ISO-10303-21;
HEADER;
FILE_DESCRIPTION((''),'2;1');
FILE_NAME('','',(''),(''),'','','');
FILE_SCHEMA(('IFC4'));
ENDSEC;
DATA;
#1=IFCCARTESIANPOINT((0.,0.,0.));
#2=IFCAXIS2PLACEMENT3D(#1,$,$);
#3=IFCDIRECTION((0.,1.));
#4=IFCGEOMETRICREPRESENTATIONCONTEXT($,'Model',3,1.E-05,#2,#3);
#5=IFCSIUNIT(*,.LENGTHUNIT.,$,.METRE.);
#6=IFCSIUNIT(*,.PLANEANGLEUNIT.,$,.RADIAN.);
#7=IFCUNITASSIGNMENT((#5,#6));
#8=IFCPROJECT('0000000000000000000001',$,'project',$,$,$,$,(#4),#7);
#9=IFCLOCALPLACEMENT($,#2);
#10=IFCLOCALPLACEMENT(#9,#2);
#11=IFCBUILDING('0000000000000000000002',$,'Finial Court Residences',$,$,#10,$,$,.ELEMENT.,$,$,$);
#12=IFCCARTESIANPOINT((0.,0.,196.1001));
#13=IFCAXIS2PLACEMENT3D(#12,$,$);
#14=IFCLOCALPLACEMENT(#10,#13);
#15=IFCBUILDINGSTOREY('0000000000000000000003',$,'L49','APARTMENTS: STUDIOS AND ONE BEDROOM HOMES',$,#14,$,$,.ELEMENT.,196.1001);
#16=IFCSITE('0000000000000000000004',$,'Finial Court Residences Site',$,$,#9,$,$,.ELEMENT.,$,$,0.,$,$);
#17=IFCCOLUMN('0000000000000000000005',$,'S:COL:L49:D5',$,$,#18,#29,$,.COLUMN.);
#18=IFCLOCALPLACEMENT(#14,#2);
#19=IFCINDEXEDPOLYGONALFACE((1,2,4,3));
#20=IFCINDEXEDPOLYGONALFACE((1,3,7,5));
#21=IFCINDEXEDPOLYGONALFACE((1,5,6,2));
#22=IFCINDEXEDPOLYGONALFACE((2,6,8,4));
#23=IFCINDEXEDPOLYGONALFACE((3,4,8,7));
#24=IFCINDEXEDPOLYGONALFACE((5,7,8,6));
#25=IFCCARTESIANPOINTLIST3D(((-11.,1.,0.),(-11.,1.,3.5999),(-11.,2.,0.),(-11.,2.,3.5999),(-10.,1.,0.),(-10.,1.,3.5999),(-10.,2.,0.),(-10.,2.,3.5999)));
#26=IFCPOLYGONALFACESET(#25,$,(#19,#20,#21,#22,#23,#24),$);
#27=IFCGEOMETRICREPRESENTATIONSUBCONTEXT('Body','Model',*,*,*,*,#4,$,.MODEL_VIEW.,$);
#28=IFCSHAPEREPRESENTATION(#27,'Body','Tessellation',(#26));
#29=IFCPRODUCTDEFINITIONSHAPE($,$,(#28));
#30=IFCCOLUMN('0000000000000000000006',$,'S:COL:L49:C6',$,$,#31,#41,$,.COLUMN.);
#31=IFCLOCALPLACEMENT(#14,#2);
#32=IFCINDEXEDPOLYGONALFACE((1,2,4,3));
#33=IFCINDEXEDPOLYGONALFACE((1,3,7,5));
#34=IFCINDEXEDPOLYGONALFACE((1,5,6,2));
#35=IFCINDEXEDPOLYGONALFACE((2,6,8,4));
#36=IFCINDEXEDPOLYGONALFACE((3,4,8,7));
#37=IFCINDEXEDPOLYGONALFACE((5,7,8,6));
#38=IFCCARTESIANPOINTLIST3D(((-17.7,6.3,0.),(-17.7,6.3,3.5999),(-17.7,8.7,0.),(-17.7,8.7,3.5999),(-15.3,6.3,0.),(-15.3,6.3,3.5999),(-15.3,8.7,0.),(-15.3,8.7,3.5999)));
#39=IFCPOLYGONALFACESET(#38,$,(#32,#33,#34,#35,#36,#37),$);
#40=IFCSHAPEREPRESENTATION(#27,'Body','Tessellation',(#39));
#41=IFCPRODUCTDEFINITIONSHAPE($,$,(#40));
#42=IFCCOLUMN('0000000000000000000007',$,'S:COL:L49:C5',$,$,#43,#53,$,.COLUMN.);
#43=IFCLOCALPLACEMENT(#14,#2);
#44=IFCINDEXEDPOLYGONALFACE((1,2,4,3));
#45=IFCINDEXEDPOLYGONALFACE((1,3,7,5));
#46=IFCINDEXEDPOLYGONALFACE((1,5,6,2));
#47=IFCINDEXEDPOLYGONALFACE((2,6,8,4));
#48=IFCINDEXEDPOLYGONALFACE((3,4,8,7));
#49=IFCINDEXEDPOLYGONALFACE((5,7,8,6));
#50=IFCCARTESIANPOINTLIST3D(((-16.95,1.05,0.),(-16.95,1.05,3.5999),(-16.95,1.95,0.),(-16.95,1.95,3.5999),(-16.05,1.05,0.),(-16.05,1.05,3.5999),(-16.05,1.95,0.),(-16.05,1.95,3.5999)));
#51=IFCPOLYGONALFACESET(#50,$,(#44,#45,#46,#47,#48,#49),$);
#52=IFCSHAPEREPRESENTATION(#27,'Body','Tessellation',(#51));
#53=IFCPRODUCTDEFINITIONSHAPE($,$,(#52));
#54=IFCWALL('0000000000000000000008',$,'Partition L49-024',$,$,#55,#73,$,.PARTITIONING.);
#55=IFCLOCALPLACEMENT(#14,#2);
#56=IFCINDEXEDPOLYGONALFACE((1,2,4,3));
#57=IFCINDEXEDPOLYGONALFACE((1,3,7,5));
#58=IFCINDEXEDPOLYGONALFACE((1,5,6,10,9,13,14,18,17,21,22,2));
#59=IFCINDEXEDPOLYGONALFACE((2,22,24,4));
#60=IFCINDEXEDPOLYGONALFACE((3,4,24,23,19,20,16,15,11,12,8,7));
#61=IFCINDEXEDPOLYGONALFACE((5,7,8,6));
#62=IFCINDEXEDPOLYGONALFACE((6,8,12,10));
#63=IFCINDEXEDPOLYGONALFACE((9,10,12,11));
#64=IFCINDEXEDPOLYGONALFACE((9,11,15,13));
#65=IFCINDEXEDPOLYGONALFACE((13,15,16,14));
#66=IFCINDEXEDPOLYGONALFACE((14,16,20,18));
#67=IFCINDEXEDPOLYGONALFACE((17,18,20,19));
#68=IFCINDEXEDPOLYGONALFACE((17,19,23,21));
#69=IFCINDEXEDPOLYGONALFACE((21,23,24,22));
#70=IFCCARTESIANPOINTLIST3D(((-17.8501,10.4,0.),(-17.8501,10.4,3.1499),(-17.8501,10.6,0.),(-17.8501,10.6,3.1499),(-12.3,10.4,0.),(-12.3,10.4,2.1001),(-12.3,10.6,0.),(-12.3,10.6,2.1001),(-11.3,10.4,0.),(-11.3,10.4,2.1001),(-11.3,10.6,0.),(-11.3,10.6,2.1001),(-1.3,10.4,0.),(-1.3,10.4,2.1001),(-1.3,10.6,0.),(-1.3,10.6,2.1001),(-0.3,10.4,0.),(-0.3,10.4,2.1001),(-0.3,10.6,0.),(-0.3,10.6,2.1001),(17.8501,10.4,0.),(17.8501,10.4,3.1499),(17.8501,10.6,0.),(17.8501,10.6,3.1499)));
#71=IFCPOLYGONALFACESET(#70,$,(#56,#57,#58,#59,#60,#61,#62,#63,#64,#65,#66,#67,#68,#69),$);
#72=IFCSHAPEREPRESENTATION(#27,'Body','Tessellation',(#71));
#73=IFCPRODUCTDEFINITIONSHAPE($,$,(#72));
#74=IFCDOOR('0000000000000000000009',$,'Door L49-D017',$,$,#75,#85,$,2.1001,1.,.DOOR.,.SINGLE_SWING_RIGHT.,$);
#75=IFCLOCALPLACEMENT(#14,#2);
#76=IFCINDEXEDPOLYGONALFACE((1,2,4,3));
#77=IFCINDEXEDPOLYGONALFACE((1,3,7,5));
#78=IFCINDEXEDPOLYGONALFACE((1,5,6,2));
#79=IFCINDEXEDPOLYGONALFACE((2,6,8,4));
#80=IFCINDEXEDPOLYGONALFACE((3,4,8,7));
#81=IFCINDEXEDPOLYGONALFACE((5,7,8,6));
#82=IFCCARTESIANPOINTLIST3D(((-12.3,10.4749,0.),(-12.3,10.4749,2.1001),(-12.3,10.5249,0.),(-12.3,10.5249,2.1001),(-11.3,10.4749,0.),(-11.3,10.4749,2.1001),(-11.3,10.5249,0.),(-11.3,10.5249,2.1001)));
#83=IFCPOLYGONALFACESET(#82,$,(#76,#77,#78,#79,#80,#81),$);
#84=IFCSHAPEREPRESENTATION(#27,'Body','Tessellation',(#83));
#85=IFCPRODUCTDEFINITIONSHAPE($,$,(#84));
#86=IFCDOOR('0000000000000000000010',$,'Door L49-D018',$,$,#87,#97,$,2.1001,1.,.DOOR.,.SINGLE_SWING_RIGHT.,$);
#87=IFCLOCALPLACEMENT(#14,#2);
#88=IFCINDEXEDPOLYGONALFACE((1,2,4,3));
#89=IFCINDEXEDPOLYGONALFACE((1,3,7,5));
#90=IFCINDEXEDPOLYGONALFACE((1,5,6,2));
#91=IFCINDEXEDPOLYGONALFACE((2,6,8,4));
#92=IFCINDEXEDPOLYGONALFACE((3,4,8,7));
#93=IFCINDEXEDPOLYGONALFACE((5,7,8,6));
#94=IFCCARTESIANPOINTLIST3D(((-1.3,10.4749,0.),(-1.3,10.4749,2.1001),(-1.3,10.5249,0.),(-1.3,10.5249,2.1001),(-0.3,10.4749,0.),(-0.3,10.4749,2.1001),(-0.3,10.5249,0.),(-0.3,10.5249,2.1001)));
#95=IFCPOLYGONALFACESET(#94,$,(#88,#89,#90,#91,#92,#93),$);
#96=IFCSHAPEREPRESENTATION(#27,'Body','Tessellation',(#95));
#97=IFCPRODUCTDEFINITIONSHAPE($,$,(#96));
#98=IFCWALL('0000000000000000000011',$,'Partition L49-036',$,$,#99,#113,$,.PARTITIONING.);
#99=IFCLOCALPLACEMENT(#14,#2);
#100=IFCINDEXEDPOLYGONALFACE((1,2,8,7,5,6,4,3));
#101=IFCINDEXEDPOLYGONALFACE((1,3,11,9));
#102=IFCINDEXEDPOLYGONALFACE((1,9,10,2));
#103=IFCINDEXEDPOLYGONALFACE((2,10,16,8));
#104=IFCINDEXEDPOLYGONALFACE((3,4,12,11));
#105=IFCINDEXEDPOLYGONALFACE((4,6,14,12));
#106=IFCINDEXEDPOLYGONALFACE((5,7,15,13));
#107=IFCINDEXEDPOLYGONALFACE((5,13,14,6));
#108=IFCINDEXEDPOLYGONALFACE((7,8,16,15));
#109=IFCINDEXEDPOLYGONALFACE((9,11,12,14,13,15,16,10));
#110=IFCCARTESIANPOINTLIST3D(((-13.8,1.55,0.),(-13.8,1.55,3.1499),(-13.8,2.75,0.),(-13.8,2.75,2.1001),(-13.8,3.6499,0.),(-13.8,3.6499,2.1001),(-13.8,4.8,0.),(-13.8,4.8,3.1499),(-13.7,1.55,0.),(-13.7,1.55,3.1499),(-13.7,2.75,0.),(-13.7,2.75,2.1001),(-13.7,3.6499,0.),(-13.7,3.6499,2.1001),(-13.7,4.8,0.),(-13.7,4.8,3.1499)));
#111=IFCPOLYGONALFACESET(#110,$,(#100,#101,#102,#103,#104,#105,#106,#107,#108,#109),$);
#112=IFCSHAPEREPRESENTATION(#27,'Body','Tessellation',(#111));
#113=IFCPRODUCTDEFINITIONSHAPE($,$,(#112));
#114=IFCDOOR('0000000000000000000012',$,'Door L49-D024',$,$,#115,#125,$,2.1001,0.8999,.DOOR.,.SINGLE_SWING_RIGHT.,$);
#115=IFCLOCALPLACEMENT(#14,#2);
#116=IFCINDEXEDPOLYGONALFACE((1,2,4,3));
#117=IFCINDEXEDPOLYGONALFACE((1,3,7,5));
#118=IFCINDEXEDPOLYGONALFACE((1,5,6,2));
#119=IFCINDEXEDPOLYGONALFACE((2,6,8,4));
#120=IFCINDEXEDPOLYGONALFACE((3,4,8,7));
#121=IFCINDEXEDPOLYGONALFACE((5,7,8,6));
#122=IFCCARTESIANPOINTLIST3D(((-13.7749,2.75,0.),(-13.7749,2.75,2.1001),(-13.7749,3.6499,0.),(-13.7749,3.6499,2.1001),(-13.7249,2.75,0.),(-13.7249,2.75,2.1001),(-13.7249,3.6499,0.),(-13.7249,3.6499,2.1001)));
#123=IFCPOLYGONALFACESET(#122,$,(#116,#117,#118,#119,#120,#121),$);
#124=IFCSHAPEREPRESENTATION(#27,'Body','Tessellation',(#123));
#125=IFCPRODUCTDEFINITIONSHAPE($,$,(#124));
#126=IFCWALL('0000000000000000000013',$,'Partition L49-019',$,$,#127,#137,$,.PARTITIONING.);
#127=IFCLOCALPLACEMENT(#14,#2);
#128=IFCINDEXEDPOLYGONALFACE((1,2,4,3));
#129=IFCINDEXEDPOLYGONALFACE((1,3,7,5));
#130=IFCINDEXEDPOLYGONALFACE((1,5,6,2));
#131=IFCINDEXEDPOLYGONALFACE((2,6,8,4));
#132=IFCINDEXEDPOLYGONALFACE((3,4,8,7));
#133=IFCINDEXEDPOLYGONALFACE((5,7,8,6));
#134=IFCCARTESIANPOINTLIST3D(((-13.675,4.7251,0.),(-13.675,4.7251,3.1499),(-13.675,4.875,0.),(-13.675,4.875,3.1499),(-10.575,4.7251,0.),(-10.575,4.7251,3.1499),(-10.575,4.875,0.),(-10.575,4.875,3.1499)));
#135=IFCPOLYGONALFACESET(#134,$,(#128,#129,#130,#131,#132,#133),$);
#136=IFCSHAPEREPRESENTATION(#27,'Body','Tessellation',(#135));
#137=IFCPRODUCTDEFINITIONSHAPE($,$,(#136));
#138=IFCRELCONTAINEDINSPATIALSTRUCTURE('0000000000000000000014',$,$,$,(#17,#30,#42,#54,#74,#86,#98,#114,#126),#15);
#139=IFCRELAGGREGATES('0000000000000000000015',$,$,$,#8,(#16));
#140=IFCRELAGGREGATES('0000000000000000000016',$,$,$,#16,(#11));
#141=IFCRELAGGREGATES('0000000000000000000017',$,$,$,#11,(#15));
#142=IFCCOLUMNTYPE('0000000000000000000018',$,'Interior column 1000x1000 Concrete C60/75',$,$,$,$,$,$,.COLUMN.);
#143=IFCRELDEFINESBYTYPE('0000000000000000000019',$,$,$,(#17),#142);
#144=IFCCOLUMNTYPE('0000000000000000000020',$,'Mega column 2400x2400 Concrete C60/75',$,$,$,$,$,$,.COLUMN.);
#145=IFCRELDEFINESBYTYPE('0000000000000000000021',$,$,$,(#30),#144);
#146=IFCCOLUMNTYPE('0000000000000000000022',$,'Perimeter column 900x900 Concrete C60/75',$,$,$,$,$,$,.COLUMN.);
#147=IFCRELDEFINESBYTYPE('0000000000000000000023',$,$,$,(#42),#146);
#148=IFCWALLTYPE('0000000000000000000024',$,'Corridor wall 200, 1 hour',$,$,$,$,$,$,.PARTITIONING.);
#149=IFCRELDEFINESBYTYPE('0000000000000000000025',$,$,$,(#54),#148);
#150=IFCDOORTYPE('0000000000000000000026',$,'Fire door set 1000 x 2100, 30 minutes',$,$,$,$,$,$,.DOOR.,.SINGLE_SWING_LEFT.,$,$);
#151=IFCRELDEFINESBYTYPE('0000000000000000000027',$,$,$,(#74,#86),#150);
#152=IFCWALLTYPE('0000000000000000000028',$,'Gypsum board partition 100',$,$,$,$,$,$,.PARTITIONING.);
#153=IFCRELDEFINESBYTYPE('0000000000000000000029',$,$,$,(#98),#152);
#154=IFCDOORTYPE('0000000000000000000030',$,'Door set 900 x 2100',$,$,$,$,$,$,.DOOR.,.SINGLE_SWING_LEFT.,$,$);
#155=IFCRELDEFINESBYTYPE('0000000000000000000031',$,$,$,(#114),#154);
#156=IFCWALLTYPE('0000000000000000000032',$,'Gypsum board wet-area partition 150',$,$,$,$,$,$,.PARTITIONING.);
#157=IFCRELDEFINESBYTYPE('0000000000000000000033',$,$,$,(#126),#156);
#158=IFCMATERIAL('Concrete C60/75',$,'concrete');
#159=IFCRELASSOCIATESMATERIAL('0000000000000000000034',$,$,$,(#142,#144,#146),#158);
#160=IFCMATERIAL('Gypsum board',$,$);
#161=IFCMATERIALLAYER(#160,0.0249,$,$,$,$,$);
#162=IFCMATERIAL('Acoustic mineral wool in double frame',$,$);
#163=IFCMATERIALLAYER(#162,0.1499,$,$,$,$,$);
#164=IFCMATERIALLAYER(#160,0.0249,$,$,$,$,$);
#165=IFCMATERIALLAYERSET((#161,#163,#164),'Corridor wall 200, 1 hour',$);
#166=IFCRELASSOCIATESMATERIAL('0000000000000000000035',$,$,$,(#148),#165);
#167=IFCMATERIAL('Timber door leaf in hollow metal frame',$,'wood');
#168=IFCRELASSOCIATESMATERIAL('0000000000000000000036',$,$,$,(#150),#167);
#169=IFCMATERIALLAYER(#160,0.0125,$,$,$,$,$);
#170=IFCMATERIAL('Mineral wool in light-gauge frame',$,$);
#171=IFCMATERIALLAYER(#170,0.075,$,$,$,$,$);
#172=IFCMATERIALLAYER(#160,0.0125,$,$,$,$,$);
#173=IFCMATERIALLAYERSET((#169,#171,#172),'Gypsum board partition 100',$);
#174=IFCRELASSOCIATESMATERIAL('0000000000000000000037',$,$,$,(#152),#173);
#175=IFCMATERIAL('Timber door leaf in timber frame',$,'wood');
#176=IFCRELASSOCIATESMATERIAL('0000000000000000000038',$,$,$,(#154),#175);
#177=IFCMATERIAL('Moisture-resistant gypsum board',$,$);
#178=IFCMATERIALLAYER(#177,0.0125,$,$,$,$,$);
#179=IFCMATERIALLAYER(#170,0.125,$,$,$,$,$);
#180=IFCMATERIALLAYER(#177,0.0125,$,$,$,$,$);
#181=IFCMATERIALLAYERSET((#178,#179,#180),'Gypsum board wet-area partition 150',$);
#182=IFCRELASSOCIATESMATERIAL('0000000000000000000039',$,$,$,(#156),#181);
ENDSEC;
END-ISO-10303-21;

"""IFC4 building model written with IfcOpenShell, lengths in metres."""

from ifc_helpers import new_model, si_unit, direction, frame, frame_2d, origin, origin_2d, place, context, subcontext, project, spatial, rectangle, extrude, material, layer, layer_set, material_profile, profile_set, type_object, element, fill, save


model = new_model("IFC4")

# Units and contexts
model_context = context("Model", 3, precision=1e-05, world=origin(), true_north=direction((0.0, 1.0)))
body_context = subcontext(model_context, "Body", "Model", "MODEL_VIEW")
ifc_project = project(units=[si_unit("LENGTHUNIT", "METRE"), si_unit("PLANEANGLEUNIT", "RADIAN")], contexts=[model_context])

# Site, building, storey
site_placement = place(None, origin())
site = spatial("IfcSite", under=ifc_project, at=site_placement, Name="Finial Court Residences Site", CompositionType="ELEMENT", RefElevation=0.0)
building_placement = place(site_placement, origin())
building = spatial("IfcBuilding", under=site, at=building_placement, Name="Finial Court Residences", CompositionType="ELEMENT")
storey_placement = place(building_placement, frame((0.0, 0.0, 196.1001)))
storey = spatial("IfcBuildingStorey", under=building, at=storey_placement, Name="L49", Description="APARTMENTS: STUDIOS AND ONE BEDROOM HOMES", CompositionType="ELEMENT", Elevation=196.1001)

# Columns
ifc_material_1 = material(Name="Concrete C60/75", Category="concrete")
ifc_material_profile_1 = material_profile(ifc_material_1, rectangle(XDim=1.0, YDim=1.0, at=origin_2d()), Name="1000x1000")
ifc_profile_set_1 = profile_set([ifc_material_profile_1], Name="Concrete C60/75")
column_type_1 = type_object("IfcColumnType", Name="Interior column 1000x1000 Concrete C60/75", PredefinedType="COLUMN", material=ifc_profile_set_1)
column_1_placement = place(storey_placement, frame((-10.5, 1.5, 0.0), z_axis=(0.0, 0.0, 1.0), x_axis=(1.0, 0.0, 0.0)))
element("IfcColumn", 1, at=column_1_placement, inside=storey, type_object=column_type_1, Name="S:COL:L49:D5", PredefinedType="COLUMN", context=body_context, shape_type="SweptSolid", body=[
    extrude(rectangle(XDim=1.0, YDim=1.0, at=origin_2d()), origin(), (0.0, 0.0, 1.0), 3.5999),
])
ifc_material_profile_2 = material_profile(ifc_material_1, rectangle(XDim=2.3999, YDim=2.3999, at=origin_2d()), Name="2400x2400")
ifc_profile_set_2 = profile_set([ifc_material_profile_2], Name="Concrete C60/75")
column_type_2 = type_object("IfcColumnType", Name="Mega column 2400x2400 Concrete C60/75", PredefinedType="COLUMN", material=ifc_profile_set_2)
column_2_placement = place(storey_placement, frame((-16.5, 7.5, 0.0), z_axis=(0.0, 0.0, 1.0), x_axis=(1.0, 0.0, 0.0)))
element("IfcColumn", 2, at=column_2_placement, inside=storey, type_object=column_type_2, Name="S:COL:L49:C6", PredefinedType="COLUMN", context=body_context, shape_type="SweptSolid", body=[
    extrude(rectangle(XDim=2.3999, YDim=2.3999, at=origin_2d()), origin(), (0.0, 0.0, 1.0), 3.5999),
])
ifc_material_profile_3 = material_profile(ifc_material_1, rectangle(XDim=0.8999, YDim=0.8999, at=origin_2d()), Name="900x900")
ifc_profile_set_3 = profile_set([ifc_material_profile_3], Name="Concrete C60/75")
column_type_3 = type_object("IfcColumnType", Name="Perimeter column 900x900 Concrete C60/75", PredefinedType="COLUMN", material=ifc_profile_set_3)
column_3_placement = place(storey_placement, frame((-16.5, 1.5, 0.0), z_axis=(0.0, 0.0, 1.0), x_axis=(1.0, 0.0, 0.0)))
element("IfcColumn", 3, at=column_3_placement, inside=storey, type_object=column_type_3, Name="S:COL:L49:C5", PredefinedType="COLUMN", context=body_context, shape_type="SweptSolid", body=[
    extrude(rectangle(XDim=0.8999, YDim=0.8999, at=origin_2d()), origin(), (0.0, 0.0, 1.0), 3.5999),
])

# Wall, openings, doors
ifc_material_2 = material(Name="Gypsum board")
ifc_layer_1 = layer(ifc_material_2, 0.0249)
ifc_material_3 = material(Name="Acoustic mineral wool in double frame")
ifc_layer_2 = layer(ifc_material_3, 0.1499)
ifc_layer_3 = layer(ifc_material_2, 0.0249)
ifc_layer_set_1 = layer_set([ifc_layer_1, ifc_layer_2, ifc_layer_3], Name="Corridor wall 200, 1 hour")
wall_type_1 = type_object("IfcWallType", Name="Corridor wall 200, 1 hour", PredefinedType="PARTITIONING", material=ifc_layer_set_1)
wall_1_placement = place(storey_placement, frame((-17.8501, 10.5, 0.0), z_axis=(0.0, 0.0, 1.0), x_axis=(1.0, 0.0, 0.0)))
wall_1 = element("IfcWall", 4, at=wall_1_placement, inside=storey, type_object=wall_type_1, Name="Partition L49-024", PredefinedType="PARTITIONING", context=body_context, shape_type="SweptSolid", body=[
    extrude(rectangle(XDim=35.7002, YDim=0.2, at=frame_2d((17.8501, 0.0))), origin(), (0.0, 0.0, 1.0), 3.1499),
])
opening_1_placement = place(wall_1_placement, frame((5.55, 0.0, 0.0)))
opening_1 = element("IfcOpeningElement", 5, at=opening_1_placement, cuts=wall_1, PredefinedType="OPENING", context=body_context, shape_type="SweptSolid", body=[
    extrude(rectangle(XDim=1.0, YDim=2.1001, at=frame_2d((0.5, 1.05))), frame((0.0, 0.1099, 0.0), z_axis=(0.0, -1.0, 0.0), x_axis=(1.0, 0.0, 0.0)), (0.0, 0.0, 1.0), 0.22),
])
opening_2_placement = place(wall_1_placement, frame((16.55, 0.0, 0.0)))
opening_2 = element("IfcOpeningElement", 6, at=opening_2_placement, cuts=wall_1, PredefinedType="OPENING", context=body_context, shape_type="SweptSolid", body=[
    extrude(rectangle(XDim=1.0, YDim=2.1001, at=frame_2d((0.5, 1.05))), frame((0.0, 0.1099, 0.0), z_axis=(0.0, -1.0, 0.0), x_axis=(1.0, 0.0, 0.0)), (0.0, 0.0, 1.0), 0.22),
])
ifc_material_4 = material(Name="Timber door leaf in hollow metal frame", Category="wood")
door_type_1 = type_object("IfcDoorType", Name="Fire door set 1000 x 2100, 30 minutes", OperationType="SINGLE_SWING_LEFT", PredefinedType="DOOR", material=ifc_material_4)
door_1_placement = place(opening_1_placement, origin())
door_1 = element("IfcDoor", 7, at=door_1_placement, inside=storey, type_object=door_type_1, Name="Door L49-D017", OperationType="SINGLE_SWING_RIGHT", OverallHeight=2.1001, OverallWidth=1.0, PredefinedType="DOOR", context=body_context, shape_type="SweptSolid", body=[
    extrude(rectangle(XDim=1.0, YDim=2.1001, at=frame_2d((0.5, 1.05))), frame((0.0, 0.0249, 0.0), z_axis=(0.0, -1.0, 0.0), x_axis=(1.0, 0.0, 0.0)), (0.0, 0.0, 1.0), 0.05),
])
fill(opening_1, door_1)
door_2_placement = place(opening_2_placement, origin())
door_2 = element("IfcDoor", 8, at=door_2_placement, inside=storey, type_object=door_type_1, Name="Door L49-D018", OperationType="SINGLE_SWING_RIGHT", OverallHeight=2.1001, OverallWidth=1.0, PredefinedType="DOOR", context=body_context, shape_type="SweptSolid", body=[
    extrude(rectangle(XDim=1.0, YDim=2.1001, at=frame_2d((0.5, 1.05))), frame((0.0, 0.0249, 0.0), z_axis=(0.0, -1.0, 0.0), x_axis=(1.0, 0.0, 0.0)), (0.0, 0.0, 1.0), 0.05),
])
fill(opening_2, door_2)

# Wall, opening, door
ifc_layer_4 = layer(ifc_material_2, 0.0125)
ifc_material_5 = material(Name="Mineral wool in light-gauge frame")
ifc_layer_5 = layer(ifc_material_5, 0.075)
ifc_layer_6 = layer(ifc_material_2, 0.0125)
ifc_layer_set_2 = layer_set([ifc_layer_4, ifc_layer_5, ifc_layer_6], Name="Gypsum board partition 100")
wall_type_2 = type_object("IfcWallType", Name="Gypsum board partition 100", PredefinedType="PARTITIONING", material=ifc_layer_set_2)
wall_2_placement = place(storey_placement, frame((-13.75, 1.55, 0.0), z_axis=(0.0, 0.0, 1.0), x_axis=(0.0, 1.0, 0.0)))
wall_2 = element("IfcWall", 9, at=wall_2_placement, inside=storey, type_object=wall_type_2, Name="Partition L49-036", PredefinedType="PARTITIONING", context=body_context, shape_type="SweptSolid", body=[
    extrude(rectangle(XDim=3.25, YDim=0.1001, at=frame_2d((1.625, 0.0))), origin(), (0.0, 0.0, 1.0), 3.1499),
])
opening_3_placement = place(wall_2_placement, frame((1.2, 0.0, 0.0)))
opening_3 = element("IfcOpeningElement", 10, at=opening_3_placement, cuts=wall_2, PredefinedType="OPENING", context=body_context, shape_type="SweptSolid", body=[
    extrude(rectangle(XDim=0.8999, YDim=2.1001, at=frame_2d((0.45, 1.05))), frame((0.0, 0.0601, 0.0), z_axis=(0.0, -1.0, 0.0), x_axis=(1.0, 0.0, 0.0)), (0.0, 0.0, 1.0), 0.1201),
])
ifc_material_6 = material(Name="Timber door leaf in timber frame", Category="wood")
door_type_2 = type_object("IfcDoorType", Name="Door set 900 x 2100", OperationType="SINGLE_SWING_LEFT", PredefinedType="DOOR", material=ifc_material_6)
door_3_placement = place(opening_3_placement, origin())
door_3 = element("IfcDoor", 11, at=door_3_placement, inside=storey, type_object=door_type_2, Name="Door L49-D024", OperationType="SINGLE_SWING_RIGHT", OverallHeight=2.1001, OverallWidth=0.8999, PredefinedType="DOOR", context=body_context, shape_type="SweptSolid", body=[
    extrude(rectangle(XDim=0.8999, YDim=2.1001, at=frame_2d((0.45, 1.05))), frame((0.0, 0.0249, 0.0), z_axis=(0.0, -1.0, 0.0), x_axis=(1.0, 0.0, 0.0)), (0.0, 0.0, 1.0), 0.05),
])
fill(opening_3, door_3)

# Wall
ifc_material_7 = material(Name="Moisture-resistant gypsum board")
ifc_layer_7 = layer(ifc_material_7, 0.0125)
ifc_layer_8 = layer(ifc_material_5, 0.125)
ifc_layer_9 = layer(ifc_material_7, 0.0125)
ifc_layer_set_3 = layer_set([ifc_layer_7, ifc_layer_8, ifc_layer_9], Name="Gypsum board wet-area partition 150")
wall_type_3 = type_object("IfcWallType", Name="Gypsum board wet-area partition 150", PredefinedType="PARTITIONING", material=ifc_layer_set_3)
wall_3_placement = place(storey_placement, frame((-13.675, 4.8, 0.0), z_axis=(0.0, 0.0, 1.0), x_axis=(1.0, 0.0, 0.0)))
element("IfcWall", 12, at=wall_3_placement, inside=storey, type_object=wall_type_3, Name="Partition L49-019", PredefinedType="PARTITIONING", context=body_context, shape_type="SweptSolid", body=[
    extrude(rectangle(XDim=3.1001, YDim=0.1499, at=frame_2d((1.55, 0.0))), origin(), (0.0, 0.0, 1.0), 3.1499),
])

save(model, "model.ifc")
